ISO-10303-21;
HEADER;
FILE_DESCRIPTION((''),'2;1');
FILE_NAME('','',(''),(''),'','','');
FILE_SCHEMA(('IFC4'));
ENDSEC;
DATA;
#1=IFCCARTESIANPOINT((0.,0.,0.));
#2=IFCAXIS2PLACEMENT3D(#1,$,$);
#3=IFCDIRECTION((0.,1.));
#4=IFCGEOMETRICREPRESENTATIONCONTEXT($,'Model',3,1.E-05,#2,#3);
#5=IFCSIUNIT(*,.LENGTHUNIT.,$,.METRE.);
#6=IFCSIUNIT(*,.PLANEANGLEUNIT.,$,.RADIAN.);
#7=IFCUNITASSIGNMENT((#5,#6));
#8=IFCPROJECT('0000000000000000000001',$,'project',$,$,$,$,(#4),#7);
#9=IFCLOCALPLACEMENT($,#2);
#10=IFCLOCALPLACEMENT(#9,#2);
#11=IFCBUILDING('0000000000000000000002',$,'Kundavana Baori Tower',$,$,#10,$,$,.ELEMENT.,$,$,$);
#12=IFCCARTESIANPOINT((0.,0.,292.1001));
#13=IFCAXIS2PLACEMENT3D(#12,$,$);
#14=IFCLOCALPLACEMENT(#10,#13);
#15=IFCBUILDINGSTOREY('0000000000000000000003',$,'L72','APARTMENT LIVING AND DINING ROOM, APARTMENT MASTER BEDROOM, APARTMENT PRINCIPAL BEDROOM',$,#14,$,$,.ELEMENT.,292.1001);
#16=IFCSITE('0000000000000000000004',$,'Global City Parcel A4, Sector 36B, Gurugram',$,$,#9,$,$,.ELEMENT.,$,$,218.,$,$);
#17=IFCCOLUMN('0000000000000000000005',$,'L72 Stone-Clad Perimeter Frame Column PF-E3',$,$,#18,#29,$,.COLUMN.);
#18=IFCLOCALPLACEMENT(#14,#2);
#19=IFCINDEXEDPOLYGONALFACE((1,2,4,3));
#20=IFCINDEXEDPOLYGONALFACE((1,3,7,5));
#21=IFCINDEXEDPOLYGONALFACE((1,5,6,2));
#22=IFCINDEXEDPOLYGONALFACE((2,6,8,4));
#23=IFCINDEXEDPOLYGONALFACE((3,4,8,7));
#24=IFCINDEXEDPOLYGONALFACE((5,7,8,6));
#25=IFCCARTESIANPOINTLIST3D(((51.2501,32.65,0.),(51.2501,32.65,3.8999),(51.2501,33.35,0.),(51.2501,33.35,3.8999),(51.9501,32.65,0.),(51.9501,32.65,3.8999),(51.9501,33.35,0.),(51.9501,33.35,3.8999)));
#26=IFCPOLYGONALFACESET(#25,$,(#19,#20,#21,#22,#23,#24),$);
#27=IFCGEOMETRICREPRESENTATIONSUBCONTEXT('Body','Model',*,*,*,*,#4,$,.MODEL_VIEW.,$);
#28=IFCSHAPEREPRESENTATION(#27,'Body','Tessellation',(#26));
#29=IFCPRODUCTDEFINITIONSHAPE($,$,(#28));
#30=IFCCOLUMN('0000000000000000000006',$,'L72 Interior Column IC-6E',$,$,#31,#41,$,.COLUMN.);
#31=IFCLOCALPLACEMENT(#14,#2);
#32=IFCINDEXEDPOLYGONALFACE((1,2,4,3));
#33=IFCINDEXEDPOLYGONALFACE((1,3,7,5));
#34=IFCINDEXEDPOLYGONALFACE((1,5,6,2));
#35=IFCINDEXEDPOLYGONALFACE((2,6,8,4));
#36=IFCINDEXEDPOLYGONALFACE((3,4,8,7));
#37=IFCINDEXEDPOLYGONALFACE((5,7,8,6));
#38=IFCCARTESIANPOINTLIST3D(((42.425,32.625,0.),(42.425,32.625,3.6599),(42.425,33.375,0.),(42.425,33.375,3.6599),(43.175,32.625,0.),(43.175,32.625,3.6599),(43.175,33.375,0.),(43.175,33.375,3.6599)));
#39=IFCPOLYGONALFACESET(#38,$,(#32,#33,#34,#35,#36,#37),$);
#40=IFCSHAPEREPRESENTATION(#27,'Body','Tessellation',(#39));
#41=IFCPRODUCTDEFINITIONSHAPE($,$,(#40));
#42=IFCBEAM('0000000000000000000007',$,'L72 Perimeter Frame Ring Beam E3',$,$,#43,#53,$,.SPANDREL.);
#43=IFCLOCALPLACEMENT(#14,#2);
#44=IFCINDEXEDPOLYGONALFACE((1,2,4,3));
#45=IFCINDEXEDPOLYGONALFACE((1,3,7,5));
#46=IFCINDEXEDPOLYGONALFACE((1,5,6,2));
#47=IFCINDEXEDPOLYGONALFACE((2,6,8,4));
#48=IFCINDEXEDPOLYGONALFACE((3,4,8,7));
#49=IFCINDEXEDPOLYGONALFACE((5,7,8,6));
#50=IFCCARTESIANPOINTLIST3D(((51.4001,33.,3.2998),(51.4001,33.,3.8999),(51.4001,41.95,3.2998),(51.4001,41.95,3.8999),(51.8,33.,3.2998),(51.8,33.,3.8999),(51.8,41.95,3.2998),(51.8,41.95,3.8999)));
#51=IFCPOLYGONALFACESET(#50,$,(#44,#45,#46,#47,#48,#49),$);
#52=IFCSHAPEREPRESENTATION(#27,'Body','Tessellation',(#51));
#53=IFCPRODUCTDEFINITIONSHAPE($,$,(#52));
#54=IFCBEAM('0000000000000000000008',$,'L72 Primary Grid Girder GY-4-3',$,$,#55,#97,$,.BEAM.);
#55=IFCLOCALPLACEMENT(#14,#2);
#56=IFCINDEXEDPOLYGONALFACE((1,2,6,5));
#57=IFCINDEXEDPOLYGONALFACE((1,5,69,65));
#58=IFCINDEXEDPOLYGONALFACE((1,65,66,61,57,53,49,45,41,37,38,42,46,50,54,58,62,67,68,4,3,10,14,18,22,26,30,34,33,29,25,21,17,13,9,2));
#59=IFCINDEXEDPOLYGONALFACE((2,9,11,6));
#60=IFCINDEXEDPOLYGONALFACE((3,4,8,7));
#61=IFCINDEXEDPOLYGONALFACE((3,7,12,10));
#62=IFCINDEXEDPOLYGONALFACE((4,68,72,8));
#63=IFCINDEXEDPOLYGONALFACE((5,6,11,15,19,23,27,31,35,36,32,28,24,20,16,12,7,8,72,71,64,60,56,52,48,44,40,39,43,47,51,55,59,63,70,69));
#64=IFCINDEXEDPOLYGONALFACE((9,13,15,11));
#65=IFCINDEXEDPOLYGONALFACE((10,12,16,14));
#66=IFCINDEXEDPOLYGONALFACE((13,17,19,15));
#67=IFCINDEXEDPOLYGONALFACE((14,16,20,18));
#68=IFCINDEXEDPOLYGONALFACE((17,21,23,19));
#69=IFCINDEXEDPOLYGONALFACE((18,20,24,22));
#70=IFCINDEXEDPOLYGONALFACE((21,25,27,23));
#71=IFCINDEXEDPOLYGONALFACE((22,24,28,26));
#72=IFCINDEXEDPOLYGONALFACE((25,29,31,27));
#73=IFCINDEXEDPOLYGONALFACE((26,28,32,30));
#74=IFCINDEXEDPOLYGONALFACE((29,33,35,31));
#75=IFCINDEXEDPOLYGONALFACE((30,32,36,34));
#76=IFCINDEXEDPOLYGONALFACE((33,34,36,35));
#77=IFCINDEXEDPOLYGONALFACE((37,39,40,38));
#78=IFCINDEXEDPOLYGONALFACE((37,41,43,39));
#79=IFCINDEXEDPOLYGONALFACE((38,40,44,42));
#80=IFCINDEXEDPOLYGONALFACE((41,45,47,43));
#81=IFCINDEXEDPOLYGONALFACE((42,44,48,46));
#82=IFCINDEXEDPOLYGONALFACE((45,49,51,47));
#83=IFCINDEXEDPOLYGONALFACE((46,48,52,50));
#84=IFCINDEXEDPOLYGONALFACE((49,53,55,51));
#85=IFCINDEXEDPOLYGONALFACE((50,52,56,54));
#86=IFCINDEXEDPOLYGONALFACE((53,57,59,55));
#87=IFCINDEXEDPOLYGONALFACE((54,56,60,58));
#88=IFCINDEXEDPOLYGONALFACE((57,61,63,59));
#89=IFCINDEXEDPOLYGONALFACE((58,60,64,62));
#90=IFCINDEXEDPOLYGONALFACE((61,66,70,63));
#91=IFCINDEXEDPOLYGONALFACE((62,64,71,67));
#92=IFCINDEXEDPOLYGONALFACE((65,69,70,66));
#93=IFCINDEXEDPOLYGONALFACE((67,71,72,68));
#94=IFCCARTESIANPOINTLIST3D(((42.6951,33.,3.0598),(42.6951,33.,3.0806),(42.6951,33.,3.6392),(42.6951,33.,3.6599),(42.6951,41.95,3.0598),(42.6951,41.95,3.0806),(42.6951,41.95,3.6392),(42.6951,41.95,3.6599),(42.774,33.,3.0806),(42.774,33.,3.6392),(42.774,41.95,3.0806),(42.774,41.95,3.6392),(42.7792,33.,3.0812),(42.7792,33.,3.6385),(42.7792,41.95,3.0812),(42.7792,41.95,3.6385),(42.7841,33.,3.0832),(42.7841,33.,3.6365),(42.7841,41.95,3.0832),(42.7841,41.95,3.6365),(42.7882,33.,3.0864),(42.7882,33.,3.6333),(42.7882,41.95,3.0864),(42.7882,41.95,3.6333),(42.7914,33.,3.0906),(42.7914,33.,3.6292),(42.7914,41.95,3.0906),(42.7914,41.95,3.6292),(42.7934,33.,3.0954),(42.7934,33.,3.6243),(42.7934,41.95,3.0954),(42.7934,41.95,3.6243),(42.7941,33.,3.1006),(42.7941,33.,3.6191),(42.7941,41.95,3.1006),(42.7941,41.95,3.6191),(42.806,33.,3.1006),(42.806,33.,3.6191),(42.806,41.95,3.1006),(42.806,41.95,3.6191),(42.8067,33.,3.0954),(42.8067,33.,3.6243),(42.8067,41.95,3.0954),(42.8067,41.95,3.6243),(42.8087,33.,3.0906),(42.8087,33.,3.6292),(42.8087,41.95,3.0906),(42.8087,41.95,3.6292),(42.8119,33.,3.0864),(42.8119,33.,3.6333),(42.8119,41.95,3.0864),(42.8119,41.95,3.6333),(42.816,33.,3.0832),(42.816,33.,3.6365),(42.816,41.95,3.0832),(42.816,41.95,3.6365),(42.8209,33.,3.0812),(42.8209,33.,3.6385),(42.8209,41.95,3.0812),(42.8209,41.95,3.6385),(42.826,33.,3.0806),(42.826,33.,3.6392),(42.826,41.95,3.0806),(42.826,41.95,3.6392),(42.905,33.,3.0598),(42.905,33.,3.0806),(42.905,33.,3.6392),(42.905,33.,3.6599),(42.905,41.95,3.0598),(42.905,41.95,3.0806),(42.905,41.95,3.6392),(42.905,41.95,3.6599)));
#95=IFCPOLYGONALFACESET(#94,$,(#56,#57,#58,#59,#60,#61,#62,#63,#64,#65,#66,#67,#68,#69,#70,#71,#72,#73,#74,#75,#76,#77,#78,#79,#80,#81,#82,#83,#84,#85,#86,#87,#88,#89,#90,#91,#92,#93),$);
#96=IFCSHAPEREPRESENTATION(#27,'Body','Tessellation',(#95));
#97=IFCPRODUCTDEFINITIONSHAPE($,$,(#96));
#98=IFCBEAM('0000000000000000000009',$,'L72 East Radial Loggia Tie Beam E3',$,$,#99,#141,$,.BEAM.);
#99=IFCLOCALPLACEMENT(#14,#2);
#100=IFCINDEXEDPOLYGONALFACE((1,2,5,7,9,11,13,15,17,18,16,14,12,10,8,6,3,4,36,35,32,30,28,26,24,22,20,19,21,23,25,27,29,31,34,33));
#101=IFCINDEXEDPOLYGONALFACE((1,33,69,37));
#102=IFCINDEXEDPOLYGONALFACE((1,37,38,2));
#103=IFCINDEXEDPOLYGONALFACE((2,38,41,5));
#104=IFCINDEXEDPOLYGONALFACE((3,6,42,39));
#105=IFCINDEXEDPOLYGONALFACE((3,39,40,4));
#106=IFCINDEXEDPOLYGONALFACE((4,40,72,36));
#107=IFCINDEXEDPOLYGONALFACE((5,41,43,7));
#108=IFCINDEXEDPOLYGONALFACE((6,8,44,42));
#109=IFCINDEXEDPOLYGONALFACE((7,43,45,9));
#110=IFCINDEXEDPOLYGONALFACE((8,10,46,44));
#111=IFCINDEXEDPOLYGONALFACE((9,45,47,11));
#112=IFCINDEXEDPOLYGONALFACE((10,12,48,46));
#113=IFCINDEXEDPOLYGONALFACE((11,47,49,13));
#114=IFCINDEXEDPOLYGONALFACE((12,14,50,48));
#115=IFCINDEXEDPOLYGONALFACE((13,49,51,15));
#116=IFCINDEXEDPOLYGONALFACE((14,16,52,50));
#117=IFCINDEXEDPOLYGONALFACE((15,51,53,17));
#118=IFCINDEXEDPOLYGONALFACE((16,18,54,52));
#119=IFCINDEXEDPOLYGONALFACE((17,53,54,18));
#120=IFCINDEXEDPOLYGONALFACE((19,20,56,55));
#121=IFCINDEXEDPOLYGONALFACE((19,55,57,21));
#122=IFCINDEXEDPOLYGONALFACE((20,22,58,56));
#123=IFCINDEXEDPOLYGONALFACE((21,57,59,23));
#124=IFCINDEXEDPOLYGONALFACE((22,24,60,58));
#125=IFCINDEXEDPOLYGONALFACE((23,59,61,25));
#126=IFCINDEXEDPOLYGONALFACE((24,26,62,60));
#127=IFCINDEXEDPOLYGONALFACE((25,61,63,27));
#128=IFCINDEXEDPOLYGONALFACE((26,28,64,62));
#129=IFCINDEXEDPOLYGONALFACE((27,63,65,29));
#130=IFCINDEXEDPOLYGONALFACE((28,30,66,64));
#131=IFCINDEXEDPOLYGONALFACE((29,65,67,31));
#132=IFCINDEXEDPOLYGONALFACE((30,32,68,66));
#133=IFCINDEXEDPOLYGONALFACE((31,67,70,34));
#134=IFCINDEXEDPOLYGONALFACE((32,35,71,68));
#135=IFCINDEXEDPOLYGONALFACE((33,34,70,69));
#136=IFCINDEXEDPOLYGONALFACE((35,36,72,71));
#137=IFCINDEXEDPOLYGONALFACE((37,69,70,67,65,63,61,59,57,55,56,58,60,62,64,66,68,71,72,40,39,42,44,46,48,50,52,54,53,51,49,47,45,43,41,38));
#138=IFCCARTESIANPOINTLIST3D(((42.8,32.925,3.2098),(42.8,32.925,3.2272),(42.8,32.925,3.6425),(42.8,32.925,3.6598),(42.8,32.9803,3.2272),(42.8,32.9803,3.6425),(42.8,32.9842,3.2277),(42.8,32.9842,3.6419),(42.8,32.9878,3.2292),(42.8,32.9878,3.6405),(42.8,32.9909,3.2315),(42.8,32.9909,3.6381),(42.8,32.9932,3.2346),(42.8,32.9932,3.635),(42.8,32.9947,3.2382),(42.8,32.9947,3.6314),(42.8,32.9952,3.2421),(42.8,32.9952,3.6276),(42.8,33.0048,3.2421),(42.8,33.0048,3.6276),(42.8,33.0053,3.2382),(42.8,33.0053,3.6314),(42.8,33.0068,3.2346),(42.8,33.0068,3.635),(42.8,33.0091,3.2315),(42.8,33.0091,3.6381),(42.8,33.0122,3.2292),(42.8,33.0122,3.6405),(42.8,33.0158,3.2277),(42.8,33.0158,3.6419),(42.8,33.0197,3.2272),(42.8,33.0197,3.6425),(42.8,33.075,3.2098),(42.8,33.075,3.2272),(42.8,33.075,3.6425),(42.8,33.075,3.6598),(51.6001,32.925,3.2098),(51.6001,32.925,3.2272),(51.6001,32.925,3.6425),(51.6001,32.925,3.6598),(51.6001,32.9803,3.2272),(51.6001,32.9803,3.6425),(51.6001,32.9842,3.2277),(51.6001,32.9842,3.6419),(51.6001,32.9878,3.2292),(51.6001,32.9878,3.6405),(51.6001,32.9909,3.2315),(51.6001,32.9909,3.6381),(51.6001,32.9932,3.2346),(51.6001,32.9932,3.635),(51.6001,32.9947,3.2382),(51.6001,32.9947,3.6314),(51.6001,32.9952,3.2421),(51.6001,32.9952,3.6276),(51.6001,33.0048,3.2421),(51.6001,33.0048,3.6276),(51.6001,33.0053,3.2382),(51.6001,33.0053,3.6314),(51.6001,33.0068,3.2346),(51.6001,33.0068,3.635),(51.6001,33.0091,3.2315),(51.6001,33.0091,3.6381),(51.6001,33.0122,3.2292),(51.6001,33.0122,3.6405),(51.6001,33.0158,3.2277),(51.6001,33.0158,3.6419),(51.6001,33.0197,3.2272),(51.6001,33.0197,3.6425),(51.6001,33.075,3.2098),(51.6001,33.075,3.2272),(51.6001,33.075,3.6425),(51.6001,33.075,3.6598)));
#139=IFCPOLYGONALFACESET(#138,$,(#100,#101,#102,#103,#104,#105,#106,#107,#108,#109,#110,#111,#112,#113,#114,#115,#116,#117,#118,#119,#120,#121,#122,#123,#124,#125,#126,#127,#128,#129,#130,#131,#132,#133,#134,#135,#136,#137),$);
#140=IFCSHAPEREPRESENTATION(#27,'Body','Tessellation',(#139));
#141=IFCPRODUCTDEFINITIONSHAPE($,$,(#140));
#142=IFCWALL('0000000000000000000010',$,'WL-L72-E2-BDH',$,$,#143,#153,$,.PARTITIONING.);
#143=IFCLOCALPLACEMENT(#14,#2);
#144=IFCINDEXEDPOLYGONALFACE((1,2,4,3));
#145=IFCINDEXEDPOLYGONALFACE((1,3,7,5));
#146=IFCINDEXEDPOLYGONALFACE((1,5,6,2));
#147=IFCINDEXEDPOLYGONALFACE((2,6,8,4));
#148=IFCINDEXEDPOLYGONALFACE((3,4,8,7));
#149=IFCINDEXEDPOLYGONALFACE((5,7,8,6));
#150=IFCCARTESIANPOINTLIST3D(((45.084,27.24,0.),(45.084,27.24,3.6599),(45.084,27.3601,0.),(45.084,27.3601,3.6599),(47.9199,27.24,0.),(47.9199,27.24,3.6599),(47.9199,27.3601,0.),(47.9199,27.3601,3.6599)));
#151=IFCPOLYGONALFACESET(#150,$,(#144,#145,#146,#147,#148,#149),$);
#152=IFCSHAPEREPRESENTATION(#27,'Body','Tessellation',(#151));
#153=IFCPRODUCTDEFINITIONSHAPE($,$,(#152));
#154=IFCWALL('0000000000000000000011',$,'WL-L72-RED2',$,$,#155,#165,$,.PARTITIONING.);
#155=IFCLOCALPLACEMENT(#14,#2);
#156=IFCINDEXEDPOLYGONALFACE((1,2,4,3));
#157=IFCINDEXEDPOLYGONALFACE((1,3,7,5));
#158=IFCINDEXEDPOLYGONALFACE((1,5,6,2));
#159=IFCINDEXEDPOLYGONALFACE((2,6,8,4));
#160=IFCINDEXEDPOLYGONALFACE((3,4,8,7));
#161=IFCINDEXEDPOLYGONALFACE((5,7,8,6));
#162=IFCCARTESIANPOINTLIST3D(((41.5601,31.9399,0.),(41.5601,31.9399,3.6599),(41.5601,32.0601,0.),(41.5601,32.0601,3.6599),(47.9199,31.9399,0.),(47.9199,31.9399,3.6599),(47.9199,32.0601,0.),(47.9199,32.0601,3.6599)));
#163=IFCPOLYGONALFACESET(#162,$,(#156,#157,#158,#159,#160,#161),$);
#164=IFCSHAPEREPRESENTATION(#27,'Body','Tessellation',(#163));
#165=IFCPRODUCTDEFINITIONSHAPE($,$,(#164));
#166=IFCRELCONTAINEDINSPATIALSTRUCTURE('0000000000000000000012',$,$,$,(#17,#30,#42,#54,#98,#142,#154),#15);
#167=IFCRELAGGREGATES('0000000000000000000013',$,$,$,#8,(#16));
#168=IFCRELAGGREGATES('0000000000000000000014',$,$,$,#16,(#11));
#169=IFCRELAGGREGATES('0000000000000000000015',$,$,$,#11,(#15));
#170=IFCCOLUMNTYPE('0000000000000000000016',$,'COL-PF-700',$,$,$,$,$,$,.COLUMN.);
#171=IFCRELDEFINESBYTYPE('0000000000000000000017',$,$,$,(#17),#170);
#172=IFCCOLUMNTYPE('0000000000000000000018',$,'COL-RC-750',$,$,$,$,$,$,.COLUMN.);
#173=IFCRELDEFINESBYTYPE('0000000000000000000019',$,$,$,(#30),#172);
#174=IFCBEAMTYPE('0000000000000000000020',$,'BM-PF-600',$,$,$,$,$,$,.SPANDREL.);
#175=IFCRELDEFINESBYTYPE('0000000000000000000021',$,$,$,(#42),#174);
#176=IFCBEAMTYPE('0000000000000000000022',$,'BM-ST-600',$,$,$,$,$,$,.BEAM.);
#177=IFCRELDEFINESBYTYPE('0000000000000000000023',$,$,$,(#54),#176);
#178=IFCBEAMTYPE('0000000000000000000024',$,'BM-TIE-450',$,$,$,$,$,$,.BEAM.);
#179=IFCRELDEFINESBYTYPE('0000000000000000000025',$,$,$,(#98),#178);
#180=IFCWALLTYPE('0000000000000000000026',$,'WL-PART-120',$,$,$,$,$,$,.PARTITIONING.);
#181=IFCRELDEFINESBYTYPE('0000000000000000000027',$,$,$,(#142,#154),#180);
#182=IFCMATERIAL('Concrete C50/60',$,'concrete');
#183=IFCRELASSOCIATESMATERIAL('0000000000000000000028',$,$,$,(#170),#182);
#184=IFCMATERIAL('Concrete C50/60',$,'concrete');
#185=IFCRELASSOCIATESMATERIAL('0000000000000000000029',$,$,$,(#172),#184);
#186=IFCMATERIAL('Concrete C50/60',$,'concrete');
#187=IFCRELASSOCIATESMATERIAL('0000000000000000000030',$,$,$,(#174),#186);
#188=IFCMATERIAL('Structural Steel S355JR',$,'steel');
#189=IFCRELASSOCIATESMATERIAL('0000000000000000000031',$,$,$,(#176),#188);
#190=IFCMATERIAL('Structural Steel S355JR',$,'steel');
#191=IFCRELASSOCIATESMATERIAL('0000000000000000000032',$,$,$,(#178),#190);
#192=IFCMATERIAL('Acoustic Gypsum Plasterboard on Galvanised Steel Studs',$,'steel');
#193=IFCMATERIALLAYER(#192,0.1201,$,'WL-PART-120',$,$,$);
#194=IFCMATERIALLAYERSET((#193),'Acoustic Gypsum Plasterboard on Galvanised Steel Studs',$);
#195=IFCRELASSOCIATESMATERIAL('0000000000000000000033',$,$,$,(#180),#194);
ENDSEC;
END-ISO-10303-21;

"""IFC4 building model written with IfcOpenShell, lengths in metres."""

from ifc_helpers import new_model, si_unit, direction, frame, frame_2d, origin, origin_2d, place, context, subcontext, project, spatial, rectangle, i_section, extrude, material, layer, layer_set, material_profile, profile_set, type_object, element, save


model = new_model("IFC4")

# Units and contexts
model_context = context("Model", 3, precision=1e-05, world=origin(), true_north=direction((0.0, 1.0)))
body_context = subcontext(model_context, "Body", "Model", "MODEL_VIEW")
ifc_project = project(units=[si_unit("LENGTHUNIT", "METRE"), si_unit("PLANEANGLEUNIT", "RADIAN")], contexts=[model_context])

# Site, building, storey
site_placement = place(None, origin())
site = spatial("IfcSite", under=ifc_project, at=site_placement, Name="Global City Parcel A4, Sector 36B, Gurugram", CompositionType="ELEMENT", RefElevation=218.0)
building_placement = place(site_placement, origin())
building = spatial("IfcBuilding", under=site, at=building_placement, Name="Kundavana Baori Tower", CompositionType="ELEMENT")
storey_placement = place(building_placement, frame((0.0, 0.0, 292.1001)))
storey = spatial("IfcBuildingStorey", under=building, at=storey_placement, Name="L72", Description="APARTMENT LIVING AND DINING ROOM, APARTMENT MASTER BEDROOM, APARTMENT PRINCIPAL BEDROOM", CompositionType="ELEMENT", Elevation=292.1001)

# Columns
ifc_material_1 = material(Name="Concrete C50/60", Category="concrete")
ifc_material_profile_1 = material_profile(ifc_material_1, rectangle(XDim=0.7, YDim=0.7, at=origin_2d()), Name="RC PF 700x700")
ifc_profile_set_1 = profile_set([ifc_material_profile_1], Name="Concrete C50/60")
column_type_1 = type_object("IfcColumnType", Name="COL-PF-700", PredefinedType="COLUMN", material=ifc_profile_set_1)
column_1_placement = place(storey_placement, frame((51.6001, 33.0, 0.0), z_axis=(0.0, 0.0, 1.0), x_axis=(1.0, 0.0, 0.0)))
element("IfcColumn", 1, at=column_1_placement, inside=storey, type_object=column_type_1, Name="L72 Stone-Clad Perimeter Frame Column PF-E3", PredefinedType="COLUMN", context=body_context, shape_type="SweptSolid", body=[
    extrude(rectangle(XDim=0.7, YDim=0.7, at=origin_2d()), origin(), (0.0, 0.0, 1.0), 3.8999),
])
ifc_material_2 = material(Name="Concrete C50/60", Category="concrete")
ifc_material_profile_2 = material_profile(ifc_material_2, rectangle(XDim=0.75, YDim=0.75, at=origin_2d()), Name="RC 750x750")
ifc_profile_set_2 = profile_set([ifc_material_profile_2], Name="Concrete C50/60")
column_type_2 = type_object("IfcColumnType", Name="COL-RC-750", PredefinedType="COLUMN", material=ifc_profile_set_2)
column_2_placement = place(storey_placement, frame((42.8, 33.0, 0.0), z_axis=(0.0, 0.0, 1.0), x_axis=(1.0, 0.0, 0.0)))
element("IfcColumn", 2, at=column_2_placement, inside=storey, type_object=column_type_2, Name="L72 Interior Column IC-6E", PredefinedType="COLUMN", context=body_context, shape_type="SweptSolid", body=[
    extrude(rectangle(XDim=0.75, YDim=0.75, at=origin_2d()), origin(), (0.0, 0.0, 1.0), 3.6599),
])

# Beams
ifc_material_3 = material(Name="Concrete C50/60", Category="concrete")
ifc_material_profile_3 = material_profile(ifc_material_3, rectangle(XDim=0.3999, YDim=0.6001, at=origin_2d()), Name="RC BM 400x600")
ifc_profile_set_3 = profile_set([ifc_material_profile_3], Name="Concrete C50/60")
beam_type_1 = type_object("IfcBeamType", Name="BM-PF-600", PredefinedType="SPANDREL", material=ifc_profile_set_3)
beam_1_placement = place(storey_placement, frame((51.6001, 33.0, 3.5999), z_axis=(0.0, 1.0, 0.0), x_axis=(-1.0, 0.0, 0.0)))
element("IfcBeam", 3, at=beam_1_placement, inside=storey, type_object=beam_type_1, Name="L72 Perimeter Frame Ring Beam E3", PredefinedType="SPANDREL", context=body_context, shape_type="SweptSolid", body=[
    extrude(rectangle(XDim=0.3999, YDim=0.6001, at=origin_2d()), origin(), (0.0, 0.0, 1.0), 8.95),
])
ifc_material_4 = material(Name="Structural Steel S355JR", Category="steel")
ifc_material_profile_4 = material_profile(ifc_material_4, i_section(OverallWidth=0.21, OverallDepth=0.6001, WebThickness=0.012, FlangeThickness=0.0208, FilletRadius=0.02, at=origin_2d()), Name="ISMB 600")
ifc_profile_set_4 = profile_set([ifc_material_profile_4], Name="Structural Steel S355JR")
beam_type_2 = type_object("IfcBeamType", Name="BM-ST-600", PredefinedType="BEAM", material=ifc_profile_set_4)
beam_2_placement = place(storey_placement, frame((42.8, 33.0, 3.3599), z_axis=(0.0, 1.0, 0.0), x_axis=(-1.0, 0.0, 0.0)))
element("IfcBeam", 4, at=beam_2_placement, inside=storey, type_object=beam_type_2, Name="L72 Primary Grid Girder GY-4-3", PredefinedType="BEAM", context=body_context, shape_type="SweptSolid", body=[
    extrude(i_section(OverallWidth=0.21, OverallDepth=0.6001, WebThickness=0.012, FlangeThickness=0.0208, FilletRadius=0.02, at=origin_2d()), origin(), (0.0, 0.0, 1.0), 8.95),
])
ifc_material_5 = material(Name="Structural Steel S355JR", Category="steel")
ifc_material_profile_5 = material_profile(ifc_material_5, i_section(OverallWidth=0.1499, OverallDepth=0.45, WebThickness=0.0095, FlangeThickness=0.0173, FilletRadius=0.0149, at=origin_2d()), Name="ISMB 450")
ifc_profile_set_5 = profile_set([ifc_material_profile_5], Name="Structural Steel S355JR")
beam_type_3 = type_object("IfcBeamType", Name="BM-TIE-450", PredefinedType="BEAM", material=ifc_profile_set_5)
beam_3_placement = place(storey_placement, frame((42.8, 33.0, 3.4348), z_axis=(1.0, 0.0, 0.0), x_axis=(0.0, 1.0, 0.0)))
element("IfcBeam", 5, at=beam_3_placement, inside=storey, type_object=beam_type_3, Name="L72 East Radial Loggia Tie Beam E3", PredefinedType="BEAM", context=body_context, shape_type="SweptSolid", body=[
    extrude(i_section(OverallWidth=0.1499, OverallDepth=0.45, WebThickness=0.0095, FlangeThickness=0.0173, FilletRadius=0.0149, at=origin_2d()), origin(), (0.0, 0.0, 1.0), 8.8),
])

# Walls
ifc_material_6 = material(Name="Acoustic Gypsum Plasterboard on Galvanised Steel Studs", Category="steel")
ifc_layer_1 = layer(ifc_material_6, 0.1201, Name="WL-PART-120")
ifc_layer_set_1 = layer_set([ifc_layer_1], Name="Acoustic Gypsum Plasterboard on Galvanised Steel Studs")
wall_type_1 = type_object("IfcWallType", Name="WL-PART-120", PredefinedType="PARTITIONING", material=ifc_layer_set_1)
wall_1_placement = place(storey_placement, frame((45.084, 27.3, 0.0), z_axis=(0.0, 0.0, 1.0), x_axis=(1.0, 0.0, 0.0)))
element("IfcWall", 6, at=wall_1_placement, inside=storey, type_object=wall_type_1, Name="WL-L72-E2-BDH", PredefinedType="PARTITIONING", context=body_context, shape_type="SweptSolid", body=[
    extrude(rectangle(XDim=2.8359, YDim=0.1201, at=frame_2d((1.418, 0.0))), origin(), (0.0, 0.0, 1.0), 3.6599),
])
wall_2_placement = place(storey_placement, frame((41.5601, 32.0, 0.0), z_axis=(0.0, 0.0, 1.0), x_axis=(1.0, 0.0, 0.0)))
element("IfcWall", 7, at=wall_2_placement, inside=storey, type_object=wall_type_1, Name="WL-L72-RED2", PredefinedType="PARTITIONING", context=body_context, shape_type="SweptSolid", body=[
    extrude(rectangle(XDim=6.3599, YDim=0.1201, at=frame_2d((3.1799, 0.0))), origin(), (0.0, 0.0, 1.0), 3.6599),
])

save(model, "model.ifc")
